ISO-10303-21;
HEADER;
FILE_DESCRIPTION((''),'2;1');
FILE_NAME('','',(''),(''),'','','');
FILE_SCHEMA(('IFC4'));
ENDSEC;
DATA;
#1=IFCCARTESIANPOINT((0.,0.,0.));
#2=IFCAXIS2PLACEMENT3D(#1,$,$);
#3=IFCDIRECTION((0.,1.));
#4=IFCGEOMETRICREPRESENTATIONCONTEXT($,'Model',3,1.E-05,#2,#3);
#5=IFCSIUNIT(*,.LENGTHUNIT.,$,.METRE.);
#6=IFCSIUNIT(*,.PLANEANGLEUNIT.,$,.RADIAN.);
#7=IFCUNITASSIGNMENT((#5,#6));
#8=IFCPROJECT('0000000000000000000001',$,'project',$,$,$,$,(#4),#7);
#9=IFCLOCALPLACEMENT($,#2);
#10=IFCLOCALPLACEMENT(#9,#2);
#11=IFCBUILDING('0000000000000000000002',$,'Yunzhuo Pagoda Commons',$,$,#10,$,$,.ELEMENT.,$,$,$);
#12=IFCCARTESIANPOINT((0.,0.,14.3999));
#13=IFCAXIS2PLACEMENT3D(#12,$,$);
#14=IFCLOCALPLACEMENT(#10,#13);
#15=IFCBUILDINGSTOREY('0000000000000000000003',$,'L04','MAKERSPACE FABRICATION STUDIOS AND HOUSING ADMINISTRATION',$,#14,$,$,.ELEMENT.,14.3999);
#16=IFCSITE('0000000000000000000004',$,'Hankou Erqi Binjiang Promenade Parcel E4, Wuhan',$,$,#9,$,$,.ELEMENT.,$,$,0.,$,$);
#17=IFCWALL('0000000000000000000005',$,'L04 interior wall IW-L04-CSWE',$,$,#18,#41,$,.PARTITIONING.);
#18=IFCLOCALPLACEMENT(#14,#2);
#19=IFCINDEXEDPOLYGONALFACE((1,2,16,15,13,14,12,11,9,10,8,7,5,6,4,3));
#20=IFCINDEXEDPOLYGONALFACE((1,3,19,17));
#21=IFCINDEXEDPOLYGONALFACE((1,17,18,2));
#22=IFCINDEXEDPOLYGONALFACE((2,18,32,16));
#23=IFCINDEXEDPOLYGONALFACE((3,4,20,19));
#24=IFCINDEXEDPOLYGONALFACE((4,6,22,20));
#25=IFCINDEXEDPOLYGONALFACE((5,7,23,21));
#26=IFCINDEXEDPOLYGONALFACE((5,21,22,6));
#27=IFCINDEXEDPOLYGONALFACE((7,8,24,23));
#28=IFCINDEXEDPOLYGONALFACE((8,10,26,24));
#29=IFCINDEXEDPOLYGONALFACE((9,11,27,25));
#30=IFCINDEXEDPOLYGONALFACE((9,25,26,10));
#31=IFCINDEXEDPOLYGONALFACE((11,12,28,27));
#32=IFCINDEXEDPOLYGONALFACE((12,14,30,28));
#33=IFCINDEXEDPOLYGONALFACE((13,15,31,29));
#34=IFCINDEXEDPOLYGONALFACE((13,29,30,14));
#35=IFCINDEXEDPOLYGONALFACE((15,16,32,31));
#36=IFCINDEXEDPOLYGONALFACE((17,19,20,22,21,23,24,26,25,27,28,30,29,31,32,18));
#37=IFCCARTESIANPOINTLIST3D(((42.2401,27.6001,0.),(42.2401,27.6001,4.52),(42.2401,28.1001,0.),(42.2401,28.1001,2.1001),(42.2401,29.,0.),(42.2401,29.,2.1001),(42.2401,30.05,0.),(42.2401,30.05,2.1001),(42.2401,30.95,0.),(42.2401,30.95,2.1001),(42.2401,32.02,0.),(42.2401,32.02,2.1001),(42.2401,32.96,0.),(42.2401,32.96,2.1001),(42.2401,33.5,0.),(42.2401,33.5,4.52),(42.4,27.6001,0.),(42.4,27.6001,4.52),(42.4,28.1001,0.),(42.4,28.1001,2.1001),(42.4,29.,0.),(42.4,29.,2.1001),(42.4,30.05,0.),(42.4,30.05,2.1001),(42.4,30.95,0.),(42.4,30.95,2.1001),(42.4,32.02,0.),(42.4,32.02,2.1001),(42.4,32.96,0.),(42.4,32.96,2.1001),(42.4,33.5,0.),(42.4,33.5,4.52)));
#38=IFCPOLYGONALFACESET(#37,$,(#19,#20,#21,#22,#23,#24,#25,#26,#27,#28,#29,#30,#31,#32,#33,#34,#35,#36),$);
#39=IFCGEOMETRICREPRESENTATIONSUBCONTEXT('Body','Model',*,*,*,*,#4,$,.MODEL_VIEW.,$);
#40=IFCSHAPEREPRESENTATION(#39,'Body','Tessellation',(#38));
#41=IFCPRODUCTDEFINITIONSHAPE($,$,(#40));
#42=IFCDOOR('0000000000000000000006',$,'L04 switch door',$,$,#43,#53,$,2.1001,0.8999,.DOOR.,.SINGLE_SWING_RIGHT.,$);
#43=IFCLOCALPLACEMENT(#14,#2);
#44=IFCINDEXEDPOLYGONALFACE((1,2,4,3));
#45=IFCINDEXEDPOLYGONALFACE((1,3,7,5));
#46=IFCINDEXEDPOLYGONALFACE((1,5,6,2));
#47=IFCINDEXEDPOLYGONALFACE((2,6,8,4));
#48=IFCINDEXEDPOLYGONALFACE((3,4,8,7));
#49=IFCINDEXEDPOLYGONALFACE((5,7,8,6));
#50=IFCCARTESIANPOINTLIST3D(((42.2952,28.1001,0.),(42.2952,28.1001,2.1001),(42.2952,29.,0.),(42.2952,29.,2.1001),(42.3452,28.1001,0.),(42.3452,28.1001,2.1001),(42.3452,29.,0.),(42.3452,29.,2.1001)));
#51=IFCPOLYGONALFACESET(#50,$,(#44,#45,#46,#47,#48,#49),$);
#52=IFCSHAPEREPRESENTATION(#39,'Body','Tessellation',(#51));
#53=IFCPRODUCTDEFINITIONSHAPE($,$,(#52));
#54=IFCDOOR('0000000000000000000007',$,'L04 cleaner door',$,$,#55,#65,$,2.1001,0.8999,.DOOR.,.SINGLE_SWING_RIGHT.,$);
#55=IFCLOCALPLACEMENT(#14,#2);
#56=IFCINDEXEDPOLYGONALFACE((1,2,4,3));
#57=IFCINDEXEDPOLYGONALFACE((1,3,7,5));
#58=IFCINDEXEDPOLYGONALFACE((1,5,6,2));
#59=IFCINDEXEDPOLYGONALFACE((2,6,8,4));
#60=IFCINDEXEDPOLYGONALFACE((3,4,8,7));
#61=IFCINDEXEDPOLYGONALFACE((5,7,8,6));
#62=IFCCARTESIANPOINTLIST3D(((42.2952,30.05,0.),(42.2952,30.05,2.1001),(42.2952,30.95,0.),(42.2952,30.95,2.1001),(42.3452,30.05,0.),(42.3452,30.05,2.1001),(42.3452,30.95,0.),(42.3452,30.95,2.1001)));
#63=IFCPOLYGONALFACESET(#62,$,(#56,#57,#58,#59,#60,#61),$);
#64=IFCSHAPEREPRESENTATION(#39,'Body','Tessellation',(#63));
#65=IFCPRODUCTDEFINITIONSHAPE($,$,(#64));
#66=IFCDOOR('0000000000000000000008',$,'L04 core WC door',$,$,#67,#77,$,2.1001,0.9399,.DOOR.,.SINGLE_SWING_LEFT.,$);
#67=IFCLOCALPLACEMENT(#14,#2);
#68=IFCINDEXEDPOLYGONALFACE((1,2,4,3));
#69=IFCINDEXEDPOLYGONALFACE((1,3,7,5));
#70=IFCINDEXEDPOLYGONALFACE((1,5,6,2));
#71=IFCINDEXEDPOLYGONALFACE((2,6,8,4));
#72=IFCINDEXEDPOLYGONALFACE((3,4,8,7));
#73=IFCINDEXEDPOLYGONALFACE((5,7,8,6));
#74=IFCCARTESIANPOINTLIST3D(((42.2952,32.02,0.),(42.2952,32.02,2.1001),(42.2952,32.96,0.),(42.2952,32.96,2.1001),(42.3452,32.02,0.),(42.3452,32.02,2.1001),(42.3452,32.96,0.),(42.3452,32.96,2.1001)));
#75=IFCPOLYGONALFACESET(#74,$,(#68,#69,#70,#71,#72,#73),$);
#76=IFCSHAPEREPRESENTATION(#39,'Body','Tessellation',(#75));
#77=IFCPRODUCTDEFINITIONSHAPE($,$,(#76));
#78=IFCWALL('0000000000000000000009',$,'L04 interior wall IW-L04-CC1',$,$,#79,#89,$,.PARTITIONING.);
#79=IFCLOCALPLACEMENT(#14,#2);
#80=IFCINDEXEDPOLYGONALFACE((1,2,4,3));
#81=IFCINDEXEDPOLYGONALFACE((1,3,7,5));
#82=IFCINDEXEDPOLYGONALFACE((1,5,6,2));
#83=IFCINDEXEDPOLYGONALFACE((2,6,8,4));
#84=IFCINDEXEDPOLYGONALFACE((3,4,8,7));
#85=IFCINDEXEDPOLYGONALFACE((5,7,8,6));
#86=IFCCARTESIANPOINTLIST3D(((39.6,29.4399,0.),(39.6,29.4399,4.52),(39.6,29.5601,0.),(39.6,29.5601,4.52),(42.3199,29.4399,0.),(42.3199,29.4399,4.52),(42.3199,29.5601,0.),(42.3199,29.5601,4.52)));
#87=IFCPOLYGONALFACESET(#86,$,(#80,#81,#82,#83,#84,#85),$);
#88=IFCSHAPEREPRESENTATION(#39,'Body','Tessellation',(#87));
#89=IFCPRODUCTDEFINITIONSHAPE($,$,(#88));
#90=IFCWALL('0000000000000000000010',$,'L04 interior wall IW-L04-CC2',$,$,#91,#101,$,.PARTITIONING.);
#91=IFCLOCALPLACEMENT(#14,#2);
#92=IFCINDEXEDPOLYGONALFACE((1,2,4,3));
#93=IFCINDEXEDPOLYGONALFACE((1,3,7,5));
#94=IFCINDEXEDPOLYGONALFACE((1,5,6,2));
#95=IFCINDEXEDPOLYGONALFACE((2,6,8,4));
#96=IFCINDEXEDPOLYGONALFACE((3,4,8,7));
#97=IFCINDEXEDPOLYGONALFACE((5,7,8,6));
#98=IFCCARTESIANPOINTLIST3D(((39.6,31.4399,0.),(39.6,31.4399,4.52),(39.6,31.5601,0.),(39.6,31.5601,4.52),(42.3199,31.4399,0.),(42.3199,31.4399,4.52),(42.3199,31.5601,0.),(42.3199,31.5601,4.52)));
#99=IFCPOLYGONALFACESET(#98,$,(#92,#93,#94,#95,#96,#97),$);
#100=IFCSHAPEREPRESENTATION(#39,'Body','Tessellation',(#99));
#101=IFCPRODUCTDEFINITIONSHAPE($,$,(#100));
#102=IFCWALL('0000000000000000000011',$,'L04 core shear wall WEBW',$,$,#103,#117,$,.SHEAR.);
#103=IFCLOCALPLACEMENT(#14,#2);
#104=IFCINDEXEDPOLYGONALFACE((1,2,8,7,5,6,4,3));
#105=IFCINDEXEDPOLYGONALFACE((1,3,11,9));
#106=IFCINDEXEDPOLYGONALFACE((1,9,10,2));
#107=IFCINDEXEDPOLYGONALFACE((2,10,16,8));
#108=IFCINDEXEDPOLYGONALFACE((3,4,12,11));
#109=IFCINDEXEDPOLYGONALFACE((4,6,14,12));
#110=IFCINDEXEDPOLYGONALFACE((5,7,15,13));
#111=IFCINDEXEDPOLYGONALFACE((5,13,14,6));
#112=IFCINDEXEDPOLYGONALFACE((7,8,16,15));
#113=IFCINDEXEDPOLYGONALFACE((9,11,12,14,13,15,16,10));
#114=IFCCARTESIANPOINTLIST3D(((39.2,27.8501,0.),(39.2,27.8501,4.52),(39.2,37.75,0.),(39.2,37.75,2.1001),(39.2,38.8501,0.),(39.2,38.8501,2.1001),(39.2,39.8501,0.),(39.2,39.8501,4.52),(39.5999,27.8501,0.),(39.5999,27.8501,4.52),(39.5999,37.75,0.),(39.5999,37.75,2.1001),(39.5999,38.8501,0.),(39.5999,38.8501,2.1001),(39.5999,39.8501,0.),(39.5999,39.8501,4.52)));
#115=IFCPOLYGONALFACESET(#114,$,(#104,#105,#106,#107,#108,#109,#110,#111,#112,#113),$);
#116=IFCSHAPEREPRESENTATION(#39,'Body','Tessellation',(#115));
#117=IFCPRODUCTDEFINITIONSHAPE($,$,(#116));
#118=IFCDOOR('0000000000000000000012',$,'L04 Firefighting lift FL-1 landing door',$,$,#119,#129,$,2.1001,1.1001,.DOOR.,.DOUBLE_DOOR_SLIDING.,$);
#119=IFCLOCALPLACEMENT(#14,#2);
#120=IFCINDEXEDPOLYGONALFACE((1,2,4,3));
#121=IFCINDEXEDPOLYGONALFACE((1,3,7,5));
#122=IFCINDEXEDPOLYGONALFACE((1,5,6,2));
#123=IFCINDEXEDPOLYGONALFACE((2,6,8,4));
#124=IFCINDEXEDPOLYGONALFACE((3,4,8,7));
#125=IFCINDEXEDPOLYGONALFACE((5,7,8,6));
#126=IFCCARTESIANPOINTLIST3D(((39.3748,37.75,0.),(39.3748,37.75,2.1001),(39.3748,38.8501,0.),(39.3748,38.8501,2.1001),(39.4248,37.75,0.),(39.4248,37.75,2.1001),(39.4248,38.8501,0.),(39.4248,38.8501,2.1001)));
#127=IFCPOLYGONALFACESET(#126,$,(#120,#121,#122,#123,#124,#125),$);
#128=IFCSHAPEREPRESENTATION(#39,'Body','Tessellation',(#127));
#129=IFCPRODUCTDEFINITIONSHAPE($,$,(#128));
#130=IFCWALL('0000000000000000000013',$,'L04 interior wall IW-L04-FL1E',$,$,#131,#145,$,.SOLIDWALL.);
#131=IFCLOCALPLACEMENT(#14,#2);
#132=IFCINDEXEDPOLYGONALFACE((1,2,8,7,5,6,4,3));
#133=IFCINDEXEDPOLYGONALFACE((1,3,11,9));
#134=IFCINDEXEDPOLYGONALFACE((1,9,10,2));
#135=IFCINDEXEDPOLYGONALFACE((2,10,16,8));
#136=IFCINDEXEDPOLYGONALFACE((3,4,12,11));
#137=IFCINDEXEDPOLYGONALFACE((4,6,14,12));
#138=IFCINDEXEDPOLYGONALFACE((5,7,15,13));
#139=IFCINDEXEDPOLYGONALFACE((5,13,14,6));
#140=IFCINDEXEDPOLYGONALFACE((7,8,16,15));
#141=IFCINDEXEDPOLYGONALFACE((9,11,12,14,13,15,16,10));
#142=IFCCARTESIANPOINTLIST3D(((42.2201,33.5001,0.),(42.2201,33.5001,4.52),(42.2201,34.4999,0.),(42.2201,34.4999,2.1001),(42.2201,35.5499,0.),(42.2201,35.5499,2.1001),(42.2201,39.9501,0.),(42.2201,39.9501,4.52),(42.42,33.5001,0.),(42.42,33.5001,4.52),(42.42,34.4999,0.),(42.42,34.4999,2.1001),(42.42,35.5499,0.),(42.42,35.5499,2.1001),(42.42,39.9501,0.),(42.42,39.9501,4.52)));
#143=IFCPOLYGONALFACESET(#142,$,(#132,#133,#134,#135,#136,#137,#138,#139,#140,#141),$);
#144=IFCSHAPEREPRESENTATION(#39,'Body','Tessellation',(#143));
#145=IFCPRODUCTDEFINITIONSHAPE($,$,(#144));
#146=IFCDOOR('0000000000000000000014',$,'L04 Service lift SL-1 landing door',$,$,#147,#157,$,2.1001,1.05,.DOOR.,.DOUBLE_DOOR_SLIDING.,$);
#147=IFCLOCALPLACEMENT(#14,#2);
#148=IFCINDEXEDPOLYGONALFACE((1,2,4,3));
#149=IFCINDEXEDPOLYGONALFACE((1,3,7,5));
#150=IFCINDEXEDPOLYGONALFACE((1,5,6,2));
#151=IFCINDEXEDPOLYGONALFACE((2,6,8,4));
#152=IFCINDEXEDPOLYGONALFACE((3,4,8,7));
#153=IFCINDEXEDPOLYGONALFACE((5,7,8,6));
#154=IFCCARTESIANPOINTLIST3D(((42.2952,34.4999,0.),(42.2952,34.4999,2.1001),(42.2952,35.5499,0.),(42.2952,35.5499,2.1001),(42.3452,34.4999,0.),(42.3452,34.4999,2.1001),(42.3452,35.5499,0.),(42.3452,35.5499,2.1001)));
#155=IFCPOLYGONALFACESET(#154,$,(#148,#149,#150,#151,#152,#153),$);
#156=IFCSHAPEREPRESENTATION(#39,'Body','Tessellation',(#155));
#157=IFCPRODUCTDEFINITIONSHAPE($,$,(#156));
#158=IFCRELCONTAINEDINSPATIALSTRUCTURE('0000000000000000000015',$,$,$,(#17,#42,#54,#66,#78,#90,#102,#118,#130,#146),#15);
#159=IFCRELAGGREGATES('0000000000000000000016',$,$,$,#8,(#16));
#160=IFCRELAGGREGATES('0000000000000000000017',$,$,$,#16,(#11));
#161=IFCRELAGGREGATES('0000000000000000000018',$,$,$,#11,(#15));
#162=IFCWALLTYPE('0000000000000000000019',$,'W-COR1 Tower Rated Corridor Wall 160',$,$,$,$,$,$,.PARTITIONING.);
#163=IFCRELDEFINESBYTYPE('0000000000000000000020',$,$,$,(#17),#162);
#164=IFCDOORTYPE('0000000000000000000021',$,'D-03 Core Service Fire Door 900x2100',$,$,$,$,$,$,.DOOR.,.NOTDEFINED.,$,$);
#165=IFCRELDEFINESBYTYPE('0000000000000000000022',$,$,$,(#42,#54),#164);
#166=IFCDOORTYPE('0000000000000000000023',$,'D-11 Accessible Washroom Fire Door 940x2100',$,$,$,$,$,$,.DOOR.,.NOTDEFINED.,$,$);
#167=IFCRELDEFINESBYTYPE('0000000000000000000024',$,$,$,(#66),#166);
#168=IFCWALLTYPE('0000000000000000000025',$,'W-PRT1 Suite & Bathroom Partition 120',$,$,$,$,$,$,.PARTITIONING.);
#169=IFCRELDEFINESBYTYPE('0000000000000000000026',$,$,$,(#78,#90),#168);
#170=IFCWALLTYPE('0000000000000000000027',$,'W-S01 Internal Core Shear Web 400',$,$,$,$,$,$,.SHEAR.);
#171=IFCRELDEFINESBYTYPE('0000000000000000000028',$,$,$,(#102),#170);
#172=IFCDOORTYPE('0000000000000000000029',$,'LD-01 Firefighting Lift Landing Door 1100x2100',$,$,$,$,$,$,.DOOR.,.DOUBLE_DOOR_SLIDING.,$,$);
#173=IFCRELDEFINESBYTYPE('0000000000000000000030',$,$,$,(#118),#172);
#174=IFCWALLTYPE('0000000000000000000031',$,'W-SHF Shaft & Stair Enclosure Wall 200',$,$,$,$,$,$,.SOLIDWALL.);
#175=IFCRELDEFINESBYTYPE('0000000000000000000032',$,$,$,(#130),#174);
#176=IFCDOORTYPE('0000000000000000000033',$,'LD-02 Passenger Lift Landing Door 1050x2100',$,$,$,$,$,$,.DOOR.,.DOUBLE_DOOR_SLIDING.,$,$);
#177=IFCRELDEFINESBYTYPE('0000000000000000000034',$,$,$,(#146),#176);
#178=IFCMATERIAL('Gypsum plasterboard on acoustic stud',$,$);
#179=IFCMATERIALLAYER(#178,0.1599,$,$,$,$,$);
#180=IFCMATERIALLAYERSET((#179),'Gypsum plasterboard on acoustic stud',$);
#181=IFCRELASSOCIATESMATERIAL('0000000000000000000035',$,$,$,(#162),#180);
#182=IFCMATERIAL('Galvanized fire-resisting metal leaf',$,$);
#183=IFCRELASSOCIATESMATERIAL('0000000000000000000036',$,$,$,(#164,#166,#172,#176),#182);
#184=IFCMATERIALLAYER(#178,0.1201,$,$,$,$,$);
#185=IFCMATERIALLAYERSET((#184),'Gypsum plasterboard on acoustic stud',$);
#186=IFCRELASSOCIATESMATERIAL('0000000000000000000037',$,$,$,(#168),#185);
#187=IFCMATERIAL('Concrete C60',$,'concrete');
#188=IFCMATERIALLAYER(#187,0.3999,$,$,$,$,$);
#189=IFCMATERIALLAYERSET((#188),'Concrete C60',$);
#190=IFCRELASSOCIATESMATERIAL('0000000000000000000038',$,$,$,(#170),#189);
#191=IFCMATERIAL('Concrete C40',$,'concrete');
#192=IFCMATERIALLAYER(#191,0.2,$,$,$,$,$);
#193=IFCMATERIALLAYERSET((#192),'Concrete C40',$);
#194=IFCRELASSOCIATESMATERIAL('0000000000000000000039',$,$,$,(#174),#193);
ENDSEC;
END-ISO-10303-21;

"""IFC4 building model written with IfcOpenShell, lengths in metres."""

from ifc_helpers import new_model, si_unit, direction, frame, frame_2d, origin, origin_with_axes, place, context, subcontext, project, spatial, rectangle, extrude, source, transform, mapped, material, layer, layer_set, type_object, element, fill, save


model = new_model("IFC4")

# Units and contexts
model_context = context("Model", 3, precision=1e-05, world=origin(), true_north=direction((0.0, 1.0)))
body_context = subcontext(model_context, "Body", "Model", "MODEL_VIEW")
ifc_project = project(units=[si_unit("LENGTHUNIT", "METRE"), si_unit("PLANEANGLEUNIT", "RADIAN")], contexts=[model_context])

# Site, building, storey
site_placement = place(None, origin())
site = spatial("IfcSite", under=ifc_project, at=site_placement, Name="Hankou Erqi Binjiang Promenade Parcel E4, Wuhan", CompositionType="ELEMENT", RefElevation=0.0)
building_placement = place(site_placement, origin())
building = spatial("IfcBuilding", under=site, at=building_placement, Name="Yunzhuo Pagoda Commons", CompositionType="ELEMENT")
storey_placement = place(building_placement, frame((0.0, 0.0, 14.3999)))
storey = spatial("IfcBuildingStorey", under=building, at=storey_placement, Name="L04", Description="MAKERSPACE FABRICATION STUDIOS AND HOUSING ADMINISTRATION", CompositionType="ELEMENT", Elevation=14.3999)

# Shared definitions
ifc_material_1 = material(Name="Concrete C60", Category="concrete")

# Wall, openings, doors
ifc_material_2 = material(Name="Gypsum plasterboard on acoustic stud")
ifc_layer_1 = layer(ifc_material_2, 0.1599)
ifc_layer_set_1 = layer_set([ifc_layer_1], Name="Gypsum plasterboard on acoustic stud")
wall_type_1 = type_object("IfcWallType", Name="W-COR1 Tower Rated Corridor Wall 160", PredefinedType="PARTITIONING", material=ifc_layer_set_1)
wall_1_placement = place(storey_placement, frame((42.3201, 27.6001, 0.0), z_axis=(0.0, 0.0, 1.0), x_axis=(0.0, 1.0, 0.0)))
wall_1 = element("IfcWall", 1, at=wall_1_placement, inside=storey, type_object=wall_type_1, Name="L04 interior wall IW-L04-CSWE", PredefinedType="PARTITIONING", context=body_context, shape_type="SweptSolid", body=[
    extrude(rectangle(XDim=5.8999, YDim=0.1599, at=frame_2d((2.95, 0.0))), origin(), (0.0, 0.0, 1.0), 4.52),
])
opening_1_placement = place(wall_1_placement, frame((0.5, 0.0, 0.0)))
opening_1 = element("IfcOpeningElement", 2, at=opening_1_placement, cuts=wall_1, PredefinedType="OPENING", context=body_context, shape_type="SweptSolid", body=[
    extrude(rectangle(XDim=0.8999, YDim=2.1001, at=frame_2d((0.45, 1.05))), frame((0.0, 0.0898, 0.0), z_axis=(0.0, -1.0, 0.0), x_axis=(1.0, 0.0, 0.0)), (0.0, 0.0, 1.0), 0.1799),
])
opening_2_placement = place(wall_1_placement, frame((2.45, 0.0, 0.0)))
opening_2 = element("IfcOpeningElement", 3, at=opening_2_placement, cuts=wall_1, PredefinedType="OPENING", context=body_context, shape_type="SweptSolid", body=[
    extrude(rectangle(XDim=0.8999, YDim=2.1001, at=frame_2d((0.45, 1.05))), frame((0.0, 0.0898, 0.0), z_axis=(0.0, -1.0, 0.0), x_axis=(1.0, 0.0, 0.0)), (0.0, 0.0, 1.0), 0.1799),
])
opening_3_placement = place(wall_1_placement, frame((4.4199, 0.0, 0.0)))
opening_3 = element("IfcOpeningElement", 4, at=opening_3_placement, cuts=wall_1, PredefinedType="OPENING", context=body_context, shape_type="SweptSolid", body=[
    extrude(rectangle(XDim=0.9399, YDim=2.1001, at=frame_2d((0.47, 1.05))), frame((0.0, 0.0898, 0.0), z_axis=(0.0, -1.0, 0.0), x_axis=(1.0, 0.0, 0.0)), (0.0, 0.0, 1.0), 0.1799),
])
ifc_material_3 = material(Name="Galvanized fire-resisting metal leaf")
door_type_1 = type_object("IfcDoorType", Name="D-03 Core Service Fire Door 900x2100", OperationType="NOTDEFINED", PredefinedType="DOOR", material=ifc_material_3)
shared_shape_1 = source(origin(), body_context, "Body", "SweptSolid", [
    extrude(rectangle(XDim=0.8999, YDim=2.1001, at=frame_2d((0.45, 1.05))), frame((0.0, 0.0249, 0.0), z_axis=(0.0, -1.0, 0.0), x_axis=(1.0, 0.0, 0.0)), (0.0, 0.0, 1.0), 0.05),
])
door_1_placement = place(opening_1_placement, origin_with_axes())
door_1 = element("IfcDoor", 5, at=door_1_placement, inside=storey, type_object=door_type_1, Name="L04 switch door", OperationType="SINGLE_SWING_RIGHT", OverallHeight=2.1001, OverallWidth=0.8999, PredefinedType="DOOR", context=body_context, shape_type="MappedRepresentation", body=[
    mapped(shared_shape_1, transform((0.0, 0.0, 0.0), scale=1.0)),
])
fill(opening_1, door_1)
door_2_placement = place(opening_2_placement, origin_with_axes())
door_2 = element("IfcDoor", 6, at=door_2_placement, inside=storey, type_object=door_type_1, Name="L04 cleaner door", OperationType="SINGLE_SWING_RIGHT", OverallHeight=2.1001, OverallWidth=0.8999, PredefinedType="DOOR", context=body_context, shape_type="MappedRepresentation", body=[
    mapped(shared_shape_1, transform((0.0, 0.0, 0.0), scale=1.0)),
])
fill(opening_2, door_2)
door_type_2 = type_object("IfcDoorType", Name="D-11 Accessible Washroom Fire Door 940x2100", OperationType="NOTDEFINED", PredefinedType="DOOR", material=ifc_material_3)
shared_shape_2 = source(origin(), body_context, "Body", "SweptSolid", [
    extrude(rectangle(XDim=0.9399, YDim=2.1001, at=frame_2d((0.47, 1.05))), frame((0.0, 0.0249, 0.0), z_axis=(0.0, -1.0, 0.0), x_axis=(1.0, 0.0, 0.0)), (0.0, 0.0, 1.0), 0.05),
])
door_3_placement = place(opening_3_placement, origin_with_axes())
door_3 = element("IfcDoor", 7, at=door_3_placement, inside=storey, type_object=door_type_2, Name="L04 core WC door", OperationType="SINGLE_SWING_LEFT", OverallHeight=2.1001, OverallWidth=0.9399, PredefinedType="DOOR", context=body_context, shape_type="MappedRepresentation", body=[
    mapped(shared_shape_2, transform((0.0, 0.0, 0.0), scale=1.0)),
])
fill(opening_3, door_3)

# Walls
ifc_layer_2 = layer(ifc_material_2, 0.1201)
ifc_layer_set_2 = layer_set([ifc_layer_2], Name="Gypsum plasterboard on acoustic stud")
wall_type_2 = type_object("IfcWallType", Name="W-PRT1 Suite & Bathroom Partition 120", PredefinedType="PARTITIONING", material=ifc_layer_set_2)
for number, where, z_axis, x_axis, name in (
    (8, (39.6001, 29.5, 0.0), (0.0, 0.0, 1.0), (1.0, 0.0, 0.0), "L04 interior wall IW-L04-CC1"),
    (9, (39.6001, 31.5, 0.0), (0.0, 0.0, 1.0), (1.0, 0.0, 0.0), "L04 interior wall IW-L04-CC2"),
):
    element("IfcWall", number, at=place(storey_placement, frame(where, z_axis=z_axis, x_axis=x_axis)), inside=storey, type_object=wall_type_2, Name=name, PredefinedType="PARTITIONING", context=body_context, shape_type="SweptSolid", body=[
        extrude(rectangle(XDim=2.72, YDim=0.1201, at=frame_2d((1.3599, 0.0))), origin(), (0.0, 0.0, 1.0), 4.52),
    ])

# Walls, openings, doors
ifc_layer_3 = layer(ifc_material_1, 0.3999)
ifc_layer_set_3 = layer_set([ifc_layer_3], Name="Concrete C60")
wall_type_3 = type_object("IfcWallType", Name="W-S01 Internal Core Shear Web 400", PredefinedType="SHEAR", material=ifc_layer_set_3)
wall_2_placement = place(storey_placement, frame((39.3999, 27.8501, 0.0), z_axis=(0.0, 0.0, 1.0), x_axis=(0.0, 1.0, 0.0)))
wall_2 = element("IfcWall", 10, at=wall_2_placement, inside=storey, type_object=wall_type_3, Name="L04 core shear wall WEBW", PredefinedType="SHEAR", context=body_context, shape_type="SweptSolid", body=[
    extrude(rectangle(XDim=12.0, YDim=0.3999, at=frame_2d((6.0, 0.0))), origin(), (0.0, 0.0, 1.0), 4.52),
])
opening_4_placement = place(wall_2_placement, frame((9.8999, 0.0, 0.0)))
opening_4 = element("IfcOpeningElement", 11, at=opening_4_placement, cuts=wall_2, PredefinedType="OPENING", context=body_context, shape_type="SweptSolid", body=[
    extrude(rectangle(XDim=1.1001, YDim=2.1001, at=frame_2d((0.55, 1.05))), frame((0.0, 0.21, 0.0), z_axis=(0.0, -1.0, 0.0), x_axis=(1.0, 0.0, 0.0)), (0.0, 0.0, 1.0), 0.4199),
])
door_type_3 = type_object("IfcDoorType", Name="LD-01 Firefighting Lift Landing Door 1100x2100", OperationType="DOUBLE_DOOR_SLIDING", PredefinedType="DOOR", material=ifc_material_3)
shared_shape_3 = source(origin(), body_context, "Body", "SweptSolid", [
    extrude(rectangle(XDim=1.1001, YDim=2.1001, at=frame_2d((0.55, 1.05))), frame((0.0, 0.0249, 0.0), z_axis=(0.0, -1.0, 0.0), x_axis=(1.0, 0.0, 0.0)), (0.0, 0.0, 1.0), 0.05),
])
door_4_placement = place(opening_4_placement, frame((1.1001, 0.0, 0.0), z_axis=(0.0, 0.0, 1.0), x_axis=(-1.0, 0.0, 0.0)))
door_4 = element("IfcDoor", 12, at=door_4_placement, inside=storey, type_object=door_type_3, Name="L04 Firefighting lift FL-1 landing door", OperationType="DOUBLE_DOOR_SLIDING", OverallHeight=2.1001, OverallWidth=1.1001, PredefinedType="DOOR", context=body_context, shape_type="MappedRepresentation", body=[
    mapped(shared_shape_3, transform((0.0, 0.0, 0.0), scale=1.0)),
])
fill(opening_4, door_4)
ifc_material_4 = material(Name="Concrete C40", Category="concrete")
ifc_layer_4 = layer(ifc_material_4, 0.2)
ifc_layer_set_4 = layer_set([ifc_layer_4], Name="Concrete C40")
wall_type_4 = type_object("IfcWallType", Name="W-SHF Shaft & Stair Enclosure Wall 200", PredefinedType="SOLIDWALL", material=ifc_layer_set_4)
wall_3_placement = place(storey_placement, frame((42.3201, 33.5, 0.0), z_axis=(0.0, 0.0, 1.0), x_axis=(0.0, 1.0, 0.0)))
wall_3 = element("IfcWall", 13, at=wall_3_placement, inside=storey, type_object=wall_type_4, Name="L04 interior wall IW-L04-FL1E", PredefinedType="SOLIDWALL", context=body_context, shape_type="SweptSolid", body=[
    extrude(rectangle(XDim=6.45, YDim=0.2, at=frame_2d((3.2251, 0.0))), origin(), (0.0, 0.0, 1.0), 4.52),
])
opening_5_placement = place(wall_3_placement, frame((1.0, 0.0, 0.0)))
opening_5 = element("IfcOpeningElement", 14, at=opening_5_placement, cuts=wall_3, PredefinedType="OPENING", context=body_context, shape_type="SweptSolid", body=[
    extrude(rectangle(XDim=1.05, YDim=2.1001, at=frame_2d((0.5249, 1.05))), frame((0.0, 0.1099, 0.0), z_axis=(0.0, -1.0, 0.0), x_axis=(1.0, 0.0, 0.0)), (0.0, 0.0, 1.0), 0.22),
])
door_type_4 = type_object("IfcDoorType", Name="LD-02 Passenger Lift Landing Door 1050x2100", OperationType="DOUBLE_DOOR_SLIDING", PredefinedType="DOOR", material=ifc_material_3)
shared_shape_4 = source(origin(), body_context, "Body", "SweptSolid", [
    extrude(rectangle(XDim=1.05, YDim=2.1001, at=frame_2d((0.5249, 1.05))), frame((0.0, 0.0249, 0.0), z_axis=(0.0, -1.0, 0.0), x_axis=(1.0, 0.0, 0.0)), (0.0, 0.0, 1.0), 0.05),
])
door_5_placement = place(opening_5_placement, origin_with_axes())
door_5 = element("IfcDoor", 15, at=door_5_placement, inside=storey, type_object=door_type_4, Name="L04 Service lift SL-1 landing door", OperationType="DOUBLE_DOOR_SLIDING", OverallHeight=2.1001, OverallWidth=1.05, PredefinedType="DOOR", context=body_context, shape_type="MappedRepresentation", body=[
    mapped(shared_shape_4, transform((0.0, 0.0, 0.0), scale=1.0)),
])
fill(opening_5, door_5)

save(model, "model.ifc")
